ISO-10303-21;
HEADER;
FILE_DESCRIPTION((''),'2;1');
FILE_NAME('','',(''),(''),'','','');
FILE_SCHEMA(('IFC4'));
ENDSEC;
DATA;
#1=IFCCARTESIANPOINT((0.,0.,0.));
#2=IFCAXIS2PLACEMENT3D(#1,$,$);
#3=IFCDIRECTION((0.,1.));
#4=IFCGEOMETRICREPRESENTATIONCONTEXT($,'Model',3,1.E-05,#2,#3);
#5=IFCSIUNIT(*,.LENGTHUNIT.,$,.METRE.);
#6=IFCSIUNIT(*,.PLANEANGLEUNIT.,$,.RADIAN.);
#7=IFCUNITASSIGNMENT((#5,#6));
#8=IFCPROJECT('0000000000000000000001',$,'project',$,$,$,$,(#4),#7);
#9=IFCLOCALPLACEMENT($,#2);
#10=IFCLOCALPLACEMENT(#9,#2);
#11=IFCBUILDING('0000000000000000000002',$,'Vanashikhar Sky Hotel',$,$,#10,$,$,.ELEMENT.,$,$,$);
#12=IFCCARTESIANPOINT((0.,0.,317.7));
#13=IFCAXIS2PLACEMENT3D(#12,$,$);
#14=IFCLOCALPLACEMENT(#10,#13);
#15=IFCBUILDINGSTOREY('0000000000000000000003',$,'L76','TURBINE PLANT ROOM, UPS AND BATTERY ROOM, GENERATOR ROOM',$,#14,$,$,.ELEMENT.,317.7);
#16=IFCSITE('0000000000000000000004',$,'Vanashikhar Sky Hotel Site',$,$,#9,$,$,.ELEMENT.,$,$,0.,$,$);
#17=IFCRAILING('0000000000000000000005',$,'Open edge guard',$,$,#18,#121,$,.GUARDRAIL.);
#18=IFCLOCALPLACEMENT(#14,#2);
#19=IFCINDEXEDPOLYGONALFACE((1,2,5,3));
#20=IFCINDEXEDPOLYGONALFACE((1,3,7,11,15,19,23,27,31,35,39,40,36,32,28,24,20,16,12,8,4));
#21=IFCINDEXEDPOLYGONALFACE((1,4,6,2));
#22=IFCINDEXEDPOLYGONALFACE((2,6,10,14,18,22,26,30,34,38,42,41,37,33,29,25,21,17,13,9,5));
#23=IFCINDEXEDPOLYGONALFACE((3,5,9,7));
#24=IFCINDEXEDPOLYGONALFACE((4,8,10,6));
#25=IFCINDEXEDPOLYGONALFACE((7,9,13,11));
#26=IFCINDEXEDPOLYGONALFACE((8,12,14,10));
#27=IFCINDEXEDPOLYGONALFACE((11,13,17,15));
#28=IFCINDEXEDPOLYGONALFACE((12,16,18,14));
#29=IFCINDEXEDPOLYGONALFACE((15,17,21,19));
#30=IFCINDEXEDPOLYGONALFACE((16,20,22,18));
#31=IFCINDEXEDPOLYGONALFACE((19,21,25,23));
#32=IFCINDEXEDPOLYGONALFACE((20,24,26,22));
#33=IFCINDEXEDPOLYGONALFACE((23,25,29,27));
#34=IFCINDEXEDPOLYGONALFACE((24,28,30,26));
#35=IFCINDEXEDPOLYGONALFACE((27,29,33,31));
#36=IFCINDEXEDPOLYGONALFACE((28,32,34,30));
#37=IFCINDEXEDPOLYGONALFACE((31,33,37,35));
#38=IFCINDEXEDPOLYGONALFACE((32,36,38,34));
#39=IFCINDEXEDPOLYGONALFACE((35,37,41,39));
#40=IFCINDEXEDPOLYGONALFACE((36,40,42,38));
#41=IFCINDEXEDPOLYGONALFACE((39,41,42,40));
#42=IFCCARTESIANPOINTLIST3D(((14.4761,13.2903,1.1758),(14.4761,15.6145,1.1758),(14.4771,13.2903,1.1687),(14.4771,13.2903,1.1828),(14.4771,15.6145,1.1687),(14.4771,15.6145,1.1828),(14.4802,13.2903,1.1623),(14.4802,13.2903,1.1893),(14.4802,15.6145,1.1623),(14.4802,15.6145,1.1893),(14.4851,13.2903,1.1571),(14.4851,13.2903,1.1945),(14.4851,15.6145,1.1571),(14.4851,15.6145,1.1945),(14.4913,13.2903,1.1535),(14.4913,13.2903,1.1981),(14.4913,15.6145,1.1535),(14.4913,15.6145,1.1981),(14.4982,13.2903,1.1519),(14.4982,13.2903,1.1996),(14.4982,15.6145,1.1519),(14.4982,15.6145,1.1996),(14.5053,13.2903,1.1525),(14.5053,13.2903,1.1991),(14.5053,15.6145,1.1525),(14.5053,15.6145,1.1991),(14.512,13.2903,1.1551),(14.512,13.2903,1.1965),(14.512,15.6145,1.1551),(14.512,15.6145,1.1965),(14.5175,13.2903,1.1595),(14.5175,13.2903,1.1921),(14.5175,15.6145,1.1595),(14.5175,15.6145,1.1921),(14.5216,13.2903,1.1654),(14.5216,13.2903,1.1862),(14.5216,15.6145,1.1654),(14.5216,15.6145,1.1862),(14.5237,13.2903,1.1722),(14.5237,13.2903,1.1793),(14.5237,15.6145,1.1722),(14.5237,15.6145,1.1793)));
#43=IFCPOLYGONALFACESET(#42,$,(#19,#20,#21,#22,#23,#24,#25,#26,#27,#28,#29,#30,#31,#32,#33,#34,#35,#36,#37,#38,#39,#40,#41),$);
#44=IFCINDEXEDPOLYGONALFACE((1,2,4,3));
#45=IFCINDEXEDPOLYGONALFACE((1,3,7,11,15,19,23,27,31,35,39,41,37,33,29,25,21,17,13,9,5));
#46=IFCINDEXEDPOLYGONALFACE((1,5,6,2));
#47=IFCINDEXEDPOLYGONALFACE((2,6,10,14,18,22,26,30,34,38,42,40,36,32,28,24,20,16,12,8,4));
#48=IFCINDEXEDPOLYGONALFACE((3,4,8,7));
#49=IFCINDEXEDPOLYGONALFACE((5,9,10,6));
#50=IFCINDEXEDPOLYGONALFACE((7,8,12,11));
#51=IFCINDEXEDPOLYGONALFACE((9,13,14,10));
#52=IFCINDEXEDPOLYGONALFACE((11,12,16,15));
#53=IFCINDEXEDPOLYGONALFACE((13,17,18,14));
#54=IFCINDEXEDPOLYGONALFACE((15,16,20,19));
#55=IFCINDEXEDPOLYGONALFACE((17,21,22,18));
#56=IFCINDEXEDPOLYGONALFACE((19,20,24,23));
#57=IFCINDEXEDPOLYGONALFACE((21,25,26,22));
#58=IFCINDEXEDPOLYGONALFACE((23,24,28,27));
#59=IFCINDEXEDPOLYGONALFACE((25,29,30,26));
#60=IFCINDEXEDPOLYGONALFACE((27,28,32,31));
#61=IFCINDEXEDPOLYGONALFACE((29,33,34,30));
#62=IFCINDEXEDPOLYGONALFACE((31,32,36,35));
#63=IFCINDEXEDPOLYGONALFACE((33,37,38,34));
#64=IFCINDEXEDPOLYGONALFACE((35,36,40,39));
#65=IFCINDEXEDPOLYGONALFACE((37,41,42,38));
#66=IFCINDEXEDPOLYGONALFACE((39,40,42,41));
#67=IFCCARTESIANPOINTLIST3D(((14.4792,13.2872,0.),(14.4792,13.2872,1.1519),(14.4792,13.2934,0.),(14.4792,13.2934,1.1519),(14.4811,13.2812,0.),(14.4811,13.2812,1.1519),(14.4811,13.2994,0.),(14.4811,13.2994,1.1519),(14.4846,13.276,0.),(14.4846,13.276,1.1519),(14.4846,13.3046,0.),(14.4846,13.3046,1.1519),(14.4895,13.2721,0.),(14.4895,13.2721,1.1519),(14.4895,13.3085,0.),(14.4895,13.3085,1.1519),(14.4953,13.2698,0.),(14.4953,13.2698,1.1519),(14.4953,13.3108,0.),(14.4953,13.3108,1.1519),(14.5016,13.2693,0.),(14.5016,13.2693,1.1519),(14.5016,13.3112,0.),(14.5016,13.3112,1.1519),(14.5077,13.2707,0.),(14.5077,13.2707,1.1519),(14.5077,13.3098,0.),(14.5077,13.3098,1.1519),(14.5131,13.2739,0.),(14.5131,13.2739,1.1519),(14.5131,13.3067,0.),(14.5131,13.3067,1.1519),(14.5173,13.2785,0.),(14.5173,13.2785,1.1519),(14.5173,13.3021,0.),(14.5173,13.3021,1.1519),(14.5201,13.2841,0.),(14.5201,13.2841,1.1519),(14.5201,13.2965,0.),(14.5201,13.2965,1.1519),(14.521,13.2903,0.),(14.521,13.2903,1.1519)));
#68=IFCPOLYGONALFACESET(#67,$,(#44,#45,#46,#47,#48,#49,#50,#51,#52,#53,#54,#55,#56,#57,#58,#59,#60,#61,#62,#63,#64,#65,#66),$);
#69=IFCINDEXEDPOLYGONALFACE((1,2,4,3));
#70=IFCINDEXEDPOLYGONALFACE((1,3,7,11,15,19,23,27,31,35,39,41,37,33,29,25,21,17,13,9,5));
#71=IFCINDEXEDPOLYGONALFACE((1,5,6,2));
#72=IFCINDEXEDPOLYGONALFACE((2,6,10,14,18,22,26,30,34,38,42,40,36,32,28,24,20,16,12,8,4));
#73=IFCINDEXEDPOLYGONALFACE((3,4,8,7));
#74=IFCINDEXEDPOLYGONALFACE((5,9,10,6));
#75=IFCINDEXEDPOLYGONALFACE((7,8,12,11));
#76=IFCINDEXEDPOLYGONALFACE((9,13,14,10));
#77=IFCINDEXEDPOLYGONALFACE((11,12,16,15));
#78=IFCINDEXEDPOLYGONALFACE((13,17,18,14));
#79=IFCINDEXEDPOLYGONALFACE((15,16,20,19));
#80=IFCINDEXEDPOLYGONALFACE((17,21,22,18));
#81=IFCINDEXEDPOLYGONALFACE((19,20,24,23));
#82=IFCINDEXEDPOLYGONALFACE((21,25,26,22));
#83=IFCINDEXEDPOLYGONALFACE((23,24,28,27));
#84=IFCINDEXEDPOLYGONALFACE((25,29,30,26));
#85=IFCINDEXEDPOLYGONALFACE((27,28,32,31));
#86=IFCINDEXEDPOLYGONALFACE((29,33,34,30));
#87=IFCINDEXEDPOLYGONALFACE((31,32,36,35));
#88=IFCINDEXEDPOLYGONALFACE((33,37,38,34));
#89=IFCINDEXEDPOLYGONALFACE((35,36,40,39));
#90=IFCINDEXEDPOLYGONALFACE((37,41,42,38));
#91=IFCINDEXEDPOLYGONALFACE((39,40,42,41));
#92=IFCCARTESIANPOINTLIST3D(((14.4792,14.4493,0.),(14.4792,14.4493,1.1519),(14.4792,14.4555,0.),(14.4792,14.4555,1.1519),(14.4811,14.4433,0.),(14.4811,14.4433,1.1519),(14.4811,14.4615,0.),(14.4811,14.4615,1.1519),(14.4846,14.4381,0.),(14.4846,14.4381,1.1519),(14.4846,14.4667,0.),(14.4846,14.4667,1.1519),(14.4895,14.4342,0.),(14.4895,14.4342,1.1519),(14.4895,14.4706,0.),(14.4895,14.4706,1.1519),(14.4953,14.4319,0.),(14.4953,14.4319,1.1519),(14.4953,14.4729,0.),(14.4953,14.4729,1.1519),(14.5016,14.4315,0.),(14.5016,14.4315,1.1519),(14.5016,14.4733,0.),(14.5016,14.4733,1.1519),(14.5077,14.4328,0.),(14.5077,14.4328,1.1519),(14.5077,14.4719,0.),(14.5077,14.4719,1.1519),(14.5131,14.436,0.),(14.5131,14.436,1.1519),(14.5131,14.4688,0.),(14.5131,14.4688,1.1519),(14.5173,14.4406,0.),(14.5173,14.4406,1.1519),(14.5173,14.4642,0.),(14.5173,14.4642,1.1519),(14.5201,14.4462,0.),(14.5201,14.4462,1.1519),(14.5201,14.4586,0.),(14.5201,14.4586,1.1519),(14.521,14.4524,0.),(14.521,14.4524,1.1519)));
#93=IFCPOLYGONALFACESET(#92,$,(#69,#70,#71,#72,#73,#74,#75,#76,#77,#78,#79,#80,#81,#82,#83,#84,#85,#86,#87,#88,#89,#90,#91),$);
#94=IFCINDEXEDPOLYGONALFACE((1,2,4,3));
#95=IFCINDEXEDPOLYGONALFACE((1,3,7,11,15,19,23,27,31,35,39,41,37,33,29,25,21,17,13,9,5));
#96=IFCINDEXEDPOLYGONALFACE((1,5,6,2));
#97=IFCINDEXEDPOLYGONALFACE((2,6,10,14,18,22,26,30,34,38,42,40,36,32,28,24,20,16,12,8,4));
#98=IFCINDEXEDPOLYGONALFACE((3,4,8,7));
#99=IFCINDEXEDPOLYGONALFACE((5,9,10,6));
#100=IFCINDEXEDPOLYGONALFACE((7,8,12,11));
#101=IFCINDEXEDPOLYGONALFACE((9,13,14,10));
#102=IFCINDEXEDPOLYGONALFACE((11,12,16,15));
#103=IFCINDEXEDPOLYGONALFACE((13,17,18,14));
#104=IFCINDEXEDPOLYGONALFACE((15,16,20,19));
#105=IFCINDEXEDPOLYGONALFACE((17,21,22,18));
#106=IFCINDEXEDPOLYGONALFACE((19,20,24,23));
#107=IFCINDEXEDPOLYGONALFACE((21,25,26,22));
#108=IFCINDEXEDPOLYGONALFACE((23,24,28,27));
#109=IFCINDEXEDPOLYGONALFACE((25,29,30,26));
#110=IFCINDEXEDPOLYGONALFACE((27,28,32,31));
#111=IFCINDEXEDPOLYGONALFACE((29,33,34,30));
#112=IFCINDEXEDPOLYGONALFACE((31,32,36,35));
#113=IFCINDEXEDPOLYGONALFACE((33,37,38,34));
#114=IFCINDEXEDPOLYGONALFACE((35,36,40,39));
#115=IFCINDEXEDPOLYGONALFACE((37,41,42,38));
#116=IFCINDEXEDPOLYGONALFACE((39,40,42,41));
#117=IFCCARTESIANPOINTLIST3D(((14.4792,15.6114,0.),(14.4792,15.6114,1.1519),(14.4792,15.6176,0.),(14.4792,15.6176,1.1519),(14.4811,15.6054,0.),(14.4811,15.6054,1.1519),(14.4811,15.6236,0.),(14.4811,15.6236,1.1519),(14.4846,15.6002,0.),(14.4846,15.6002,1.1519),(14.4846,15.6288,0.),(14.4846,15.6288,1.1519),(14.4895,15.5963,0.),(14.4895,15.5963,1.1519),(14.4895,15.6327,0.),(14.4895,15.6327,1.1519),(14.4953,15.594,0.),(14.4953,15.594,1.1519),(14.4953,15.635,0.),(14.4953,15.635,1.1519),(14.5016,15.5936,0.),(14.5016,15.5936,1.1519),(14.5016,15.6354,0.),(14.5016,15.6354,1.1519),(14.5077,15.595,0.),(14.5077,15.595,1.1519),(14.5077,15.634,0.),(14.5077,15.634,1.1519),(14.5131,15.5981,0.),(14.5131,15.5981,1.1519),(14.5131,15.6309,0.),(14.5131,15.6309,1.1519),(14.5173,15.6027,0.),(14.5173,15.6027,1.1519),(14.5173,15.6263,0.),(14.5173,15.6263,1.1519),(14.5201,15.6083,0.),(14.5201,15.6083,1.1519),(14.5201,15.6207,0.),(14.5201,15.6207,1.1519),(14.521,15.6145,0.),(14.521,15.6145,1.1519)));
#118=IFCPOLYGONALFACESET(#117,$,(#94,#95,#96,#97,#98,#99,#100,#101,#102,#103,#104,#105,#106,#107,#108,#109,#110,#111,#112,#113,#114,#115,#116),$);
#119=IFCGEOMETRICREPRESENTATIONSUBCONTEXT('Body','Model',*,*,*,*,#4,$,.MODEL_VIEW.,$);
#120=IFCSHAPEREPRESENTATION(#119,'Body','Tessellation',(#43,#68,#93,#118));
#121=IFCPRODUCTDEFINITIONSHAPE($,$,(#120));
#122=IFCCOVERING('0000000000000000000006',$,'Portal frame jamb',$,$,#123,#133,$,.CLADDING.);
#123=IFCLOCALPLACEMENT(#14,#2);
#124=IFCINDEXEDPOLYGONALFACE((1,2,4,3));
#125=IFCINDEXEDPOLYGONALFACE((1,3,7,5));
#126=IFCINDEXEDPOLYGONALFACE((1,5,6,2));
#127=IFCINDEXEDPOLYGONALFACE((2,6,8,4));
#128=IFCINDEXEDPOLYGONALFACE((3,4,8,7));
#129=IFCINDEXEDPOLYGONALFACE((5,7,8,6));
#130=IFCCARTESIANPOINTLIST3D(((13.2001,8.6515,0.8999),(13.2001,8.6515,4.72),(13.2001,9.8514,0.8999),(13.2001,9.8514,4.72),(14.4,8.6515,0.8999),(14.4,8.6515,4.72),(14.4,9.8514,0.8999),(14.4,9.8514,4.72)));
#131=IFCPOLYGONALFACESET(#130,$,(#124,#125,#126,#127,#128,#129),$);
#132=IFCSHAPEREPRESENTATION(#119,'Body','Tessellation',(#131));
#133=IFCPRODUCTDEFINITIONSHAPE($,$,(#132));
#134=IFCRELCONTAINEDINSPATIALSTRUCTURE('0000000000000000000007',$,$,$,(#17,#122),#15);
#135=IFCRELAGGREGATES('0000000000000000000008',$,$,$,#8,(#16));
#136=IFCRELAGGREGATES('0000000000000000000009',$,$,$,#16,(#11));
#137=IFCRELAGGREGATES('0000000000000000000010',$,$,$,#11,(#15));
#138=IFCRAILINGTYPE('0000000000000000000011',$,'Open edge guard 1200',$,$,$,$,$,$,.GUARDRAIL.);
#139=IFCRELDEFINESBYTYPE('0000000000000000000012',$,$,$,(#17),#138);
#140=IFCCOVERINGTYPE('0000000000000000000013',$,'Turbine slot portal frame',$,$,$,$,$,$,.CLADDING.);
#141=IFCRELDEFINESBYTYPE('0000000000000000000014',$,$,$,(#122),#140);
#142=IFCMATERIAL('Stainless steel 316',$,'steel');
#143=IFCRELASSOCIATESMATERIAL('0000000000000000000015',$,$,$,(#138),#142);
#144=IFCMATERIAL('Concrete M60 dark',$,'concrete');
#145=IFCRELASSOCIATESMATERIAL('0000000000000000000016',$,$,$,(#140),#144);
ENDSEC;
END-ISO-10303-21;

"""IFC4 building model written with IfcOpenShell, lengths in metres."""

from ifc_helpers import new_model, si_unit, direction, frame, origin, origin_2d, place, context, subcontext, project, spatial, rectangle, circle, extrude, source, transform, mapped, material, type_object, element, save


model = new_model("IFC4")

# Units and contexts
model_context = context("Model", 3, precision=1e-05, world=origin(), true_north=direction((0.0, 1.0)))
body_context = subcontext(model_context, "Body", "Model", "MODEL_VIEW")
ifc_project = project(units=[si_unit("LENGTHUNIT", "METRE"), si_unit("PLANEANGLEUNIT", "RADIAN")], contexts=[model_context])

# Site, building, storey
site_placement = place(None, origin())
site = spatial("IfcSite", under=ifc_project, at=site_placement, Name="Vanashikhar Sky Hotel Site", CompositionType="ELEMENT", RefElevation=0.0)
building_placement = place(site_placement, origin())
building = spatial("IfcBuilding", under=site, at=building_placement, Name="Vanashikhar Sky Hotel", CompositionType="ELEMENT")
storey_placement = place(building_placement, frame((0.0, 0.0, 317.7)))
storey = spatial("IfcBuildingStorey", under=building, at=storey_placement, Name="L76", Description="TURBINE PLANT ROOM, UPS AND BATTERY ROOM, GENERATOR ROOM", CompositionType="ELEMENT", Elevation=317.7)

# Railing
ifc_material_1 = material(Name="Stainless steel 316", Category="steel")
railing_type = type_object("IfcRailingType", Name="Open edge guard 1200", PredefinedType="GUARDRAIL", material=ifc_material_1)
shared_shape_1 = source(origin(), body_context, "Body", "SweptSolid", [
    extrude(circle(Radius=0.0239, at=origin_2d()), frame((0.0, 0.0, 1.1758), z_axis=(0.0, 1.0, 0.0), x_axis=(-1.0, 0.0, 0.0)), (0.0, 0.0, 1.0), 2.3242),
    extrude(circle(Radius=0.021, at=origin_2d()), origin(), (0.0, 0.0, 1.0), 1.1519),
    extrude(circle(Radius=0.021, at=origin_2d()), frame((0.0, 1.1621, 0.0)), (0.0, 0.0, 1.0), 1.1519),
    extrude(circle(Radius=0.021, at=origin_2d()), frame((0.0, 2.3242, 0.0)), (0.0, 0.0, 1.0), 1.1519),
])
railing_1_placement = place(storey_placement, frame((14.5, 13.2903, 0.0)))
element("IfcRailing", 1, at=railing_1_placement, inside=storey, type_object=railing_type, Name="Open edge guard", PredefinedType="GUARDRAIL", context=body_context, shape_type="MappedRepresentation", body=[
    mapped(shared_shape_1, transform((0.0, 0.0, 0.0), scale=1.0)),
])

# Covering
ifc_material_2 = material(Name="Concrete M60 dark", Category="concrete")
covering_type = type_object("IfcCoveringType", Name="Turbine slot portal frame", PredefinedType="CLADDING", material=ifc_material_2)
shared_shape_2 = source(origin(), body_context, "Body", "SweptSolid", [
    extrude(rectangle(XDim=1.2, YDim=1.2, at=origin_2d()), origin(), (0.0, 0.0, 1.0), 3.8201),
])
covering_placement = place(storey_placement, frame((13.8, 9.2515, 0.8999), z_axis=(0.0, 0.0, 1.0), x_axis=(1.0, 0.0, 0.0)))
element("IfcCovering", 2, at=covering_placement, inside=storey, type_object=covering_type, Name="Portal frame jamb", PredefinedType="CLADDING", context=body_context, shape_type="MappedRepresentation", body=[
    mapped(shared_shape_2, transform((0.0, 0.0, 0.0), scale=1.0)),
])

save(model, "model.ifc")
